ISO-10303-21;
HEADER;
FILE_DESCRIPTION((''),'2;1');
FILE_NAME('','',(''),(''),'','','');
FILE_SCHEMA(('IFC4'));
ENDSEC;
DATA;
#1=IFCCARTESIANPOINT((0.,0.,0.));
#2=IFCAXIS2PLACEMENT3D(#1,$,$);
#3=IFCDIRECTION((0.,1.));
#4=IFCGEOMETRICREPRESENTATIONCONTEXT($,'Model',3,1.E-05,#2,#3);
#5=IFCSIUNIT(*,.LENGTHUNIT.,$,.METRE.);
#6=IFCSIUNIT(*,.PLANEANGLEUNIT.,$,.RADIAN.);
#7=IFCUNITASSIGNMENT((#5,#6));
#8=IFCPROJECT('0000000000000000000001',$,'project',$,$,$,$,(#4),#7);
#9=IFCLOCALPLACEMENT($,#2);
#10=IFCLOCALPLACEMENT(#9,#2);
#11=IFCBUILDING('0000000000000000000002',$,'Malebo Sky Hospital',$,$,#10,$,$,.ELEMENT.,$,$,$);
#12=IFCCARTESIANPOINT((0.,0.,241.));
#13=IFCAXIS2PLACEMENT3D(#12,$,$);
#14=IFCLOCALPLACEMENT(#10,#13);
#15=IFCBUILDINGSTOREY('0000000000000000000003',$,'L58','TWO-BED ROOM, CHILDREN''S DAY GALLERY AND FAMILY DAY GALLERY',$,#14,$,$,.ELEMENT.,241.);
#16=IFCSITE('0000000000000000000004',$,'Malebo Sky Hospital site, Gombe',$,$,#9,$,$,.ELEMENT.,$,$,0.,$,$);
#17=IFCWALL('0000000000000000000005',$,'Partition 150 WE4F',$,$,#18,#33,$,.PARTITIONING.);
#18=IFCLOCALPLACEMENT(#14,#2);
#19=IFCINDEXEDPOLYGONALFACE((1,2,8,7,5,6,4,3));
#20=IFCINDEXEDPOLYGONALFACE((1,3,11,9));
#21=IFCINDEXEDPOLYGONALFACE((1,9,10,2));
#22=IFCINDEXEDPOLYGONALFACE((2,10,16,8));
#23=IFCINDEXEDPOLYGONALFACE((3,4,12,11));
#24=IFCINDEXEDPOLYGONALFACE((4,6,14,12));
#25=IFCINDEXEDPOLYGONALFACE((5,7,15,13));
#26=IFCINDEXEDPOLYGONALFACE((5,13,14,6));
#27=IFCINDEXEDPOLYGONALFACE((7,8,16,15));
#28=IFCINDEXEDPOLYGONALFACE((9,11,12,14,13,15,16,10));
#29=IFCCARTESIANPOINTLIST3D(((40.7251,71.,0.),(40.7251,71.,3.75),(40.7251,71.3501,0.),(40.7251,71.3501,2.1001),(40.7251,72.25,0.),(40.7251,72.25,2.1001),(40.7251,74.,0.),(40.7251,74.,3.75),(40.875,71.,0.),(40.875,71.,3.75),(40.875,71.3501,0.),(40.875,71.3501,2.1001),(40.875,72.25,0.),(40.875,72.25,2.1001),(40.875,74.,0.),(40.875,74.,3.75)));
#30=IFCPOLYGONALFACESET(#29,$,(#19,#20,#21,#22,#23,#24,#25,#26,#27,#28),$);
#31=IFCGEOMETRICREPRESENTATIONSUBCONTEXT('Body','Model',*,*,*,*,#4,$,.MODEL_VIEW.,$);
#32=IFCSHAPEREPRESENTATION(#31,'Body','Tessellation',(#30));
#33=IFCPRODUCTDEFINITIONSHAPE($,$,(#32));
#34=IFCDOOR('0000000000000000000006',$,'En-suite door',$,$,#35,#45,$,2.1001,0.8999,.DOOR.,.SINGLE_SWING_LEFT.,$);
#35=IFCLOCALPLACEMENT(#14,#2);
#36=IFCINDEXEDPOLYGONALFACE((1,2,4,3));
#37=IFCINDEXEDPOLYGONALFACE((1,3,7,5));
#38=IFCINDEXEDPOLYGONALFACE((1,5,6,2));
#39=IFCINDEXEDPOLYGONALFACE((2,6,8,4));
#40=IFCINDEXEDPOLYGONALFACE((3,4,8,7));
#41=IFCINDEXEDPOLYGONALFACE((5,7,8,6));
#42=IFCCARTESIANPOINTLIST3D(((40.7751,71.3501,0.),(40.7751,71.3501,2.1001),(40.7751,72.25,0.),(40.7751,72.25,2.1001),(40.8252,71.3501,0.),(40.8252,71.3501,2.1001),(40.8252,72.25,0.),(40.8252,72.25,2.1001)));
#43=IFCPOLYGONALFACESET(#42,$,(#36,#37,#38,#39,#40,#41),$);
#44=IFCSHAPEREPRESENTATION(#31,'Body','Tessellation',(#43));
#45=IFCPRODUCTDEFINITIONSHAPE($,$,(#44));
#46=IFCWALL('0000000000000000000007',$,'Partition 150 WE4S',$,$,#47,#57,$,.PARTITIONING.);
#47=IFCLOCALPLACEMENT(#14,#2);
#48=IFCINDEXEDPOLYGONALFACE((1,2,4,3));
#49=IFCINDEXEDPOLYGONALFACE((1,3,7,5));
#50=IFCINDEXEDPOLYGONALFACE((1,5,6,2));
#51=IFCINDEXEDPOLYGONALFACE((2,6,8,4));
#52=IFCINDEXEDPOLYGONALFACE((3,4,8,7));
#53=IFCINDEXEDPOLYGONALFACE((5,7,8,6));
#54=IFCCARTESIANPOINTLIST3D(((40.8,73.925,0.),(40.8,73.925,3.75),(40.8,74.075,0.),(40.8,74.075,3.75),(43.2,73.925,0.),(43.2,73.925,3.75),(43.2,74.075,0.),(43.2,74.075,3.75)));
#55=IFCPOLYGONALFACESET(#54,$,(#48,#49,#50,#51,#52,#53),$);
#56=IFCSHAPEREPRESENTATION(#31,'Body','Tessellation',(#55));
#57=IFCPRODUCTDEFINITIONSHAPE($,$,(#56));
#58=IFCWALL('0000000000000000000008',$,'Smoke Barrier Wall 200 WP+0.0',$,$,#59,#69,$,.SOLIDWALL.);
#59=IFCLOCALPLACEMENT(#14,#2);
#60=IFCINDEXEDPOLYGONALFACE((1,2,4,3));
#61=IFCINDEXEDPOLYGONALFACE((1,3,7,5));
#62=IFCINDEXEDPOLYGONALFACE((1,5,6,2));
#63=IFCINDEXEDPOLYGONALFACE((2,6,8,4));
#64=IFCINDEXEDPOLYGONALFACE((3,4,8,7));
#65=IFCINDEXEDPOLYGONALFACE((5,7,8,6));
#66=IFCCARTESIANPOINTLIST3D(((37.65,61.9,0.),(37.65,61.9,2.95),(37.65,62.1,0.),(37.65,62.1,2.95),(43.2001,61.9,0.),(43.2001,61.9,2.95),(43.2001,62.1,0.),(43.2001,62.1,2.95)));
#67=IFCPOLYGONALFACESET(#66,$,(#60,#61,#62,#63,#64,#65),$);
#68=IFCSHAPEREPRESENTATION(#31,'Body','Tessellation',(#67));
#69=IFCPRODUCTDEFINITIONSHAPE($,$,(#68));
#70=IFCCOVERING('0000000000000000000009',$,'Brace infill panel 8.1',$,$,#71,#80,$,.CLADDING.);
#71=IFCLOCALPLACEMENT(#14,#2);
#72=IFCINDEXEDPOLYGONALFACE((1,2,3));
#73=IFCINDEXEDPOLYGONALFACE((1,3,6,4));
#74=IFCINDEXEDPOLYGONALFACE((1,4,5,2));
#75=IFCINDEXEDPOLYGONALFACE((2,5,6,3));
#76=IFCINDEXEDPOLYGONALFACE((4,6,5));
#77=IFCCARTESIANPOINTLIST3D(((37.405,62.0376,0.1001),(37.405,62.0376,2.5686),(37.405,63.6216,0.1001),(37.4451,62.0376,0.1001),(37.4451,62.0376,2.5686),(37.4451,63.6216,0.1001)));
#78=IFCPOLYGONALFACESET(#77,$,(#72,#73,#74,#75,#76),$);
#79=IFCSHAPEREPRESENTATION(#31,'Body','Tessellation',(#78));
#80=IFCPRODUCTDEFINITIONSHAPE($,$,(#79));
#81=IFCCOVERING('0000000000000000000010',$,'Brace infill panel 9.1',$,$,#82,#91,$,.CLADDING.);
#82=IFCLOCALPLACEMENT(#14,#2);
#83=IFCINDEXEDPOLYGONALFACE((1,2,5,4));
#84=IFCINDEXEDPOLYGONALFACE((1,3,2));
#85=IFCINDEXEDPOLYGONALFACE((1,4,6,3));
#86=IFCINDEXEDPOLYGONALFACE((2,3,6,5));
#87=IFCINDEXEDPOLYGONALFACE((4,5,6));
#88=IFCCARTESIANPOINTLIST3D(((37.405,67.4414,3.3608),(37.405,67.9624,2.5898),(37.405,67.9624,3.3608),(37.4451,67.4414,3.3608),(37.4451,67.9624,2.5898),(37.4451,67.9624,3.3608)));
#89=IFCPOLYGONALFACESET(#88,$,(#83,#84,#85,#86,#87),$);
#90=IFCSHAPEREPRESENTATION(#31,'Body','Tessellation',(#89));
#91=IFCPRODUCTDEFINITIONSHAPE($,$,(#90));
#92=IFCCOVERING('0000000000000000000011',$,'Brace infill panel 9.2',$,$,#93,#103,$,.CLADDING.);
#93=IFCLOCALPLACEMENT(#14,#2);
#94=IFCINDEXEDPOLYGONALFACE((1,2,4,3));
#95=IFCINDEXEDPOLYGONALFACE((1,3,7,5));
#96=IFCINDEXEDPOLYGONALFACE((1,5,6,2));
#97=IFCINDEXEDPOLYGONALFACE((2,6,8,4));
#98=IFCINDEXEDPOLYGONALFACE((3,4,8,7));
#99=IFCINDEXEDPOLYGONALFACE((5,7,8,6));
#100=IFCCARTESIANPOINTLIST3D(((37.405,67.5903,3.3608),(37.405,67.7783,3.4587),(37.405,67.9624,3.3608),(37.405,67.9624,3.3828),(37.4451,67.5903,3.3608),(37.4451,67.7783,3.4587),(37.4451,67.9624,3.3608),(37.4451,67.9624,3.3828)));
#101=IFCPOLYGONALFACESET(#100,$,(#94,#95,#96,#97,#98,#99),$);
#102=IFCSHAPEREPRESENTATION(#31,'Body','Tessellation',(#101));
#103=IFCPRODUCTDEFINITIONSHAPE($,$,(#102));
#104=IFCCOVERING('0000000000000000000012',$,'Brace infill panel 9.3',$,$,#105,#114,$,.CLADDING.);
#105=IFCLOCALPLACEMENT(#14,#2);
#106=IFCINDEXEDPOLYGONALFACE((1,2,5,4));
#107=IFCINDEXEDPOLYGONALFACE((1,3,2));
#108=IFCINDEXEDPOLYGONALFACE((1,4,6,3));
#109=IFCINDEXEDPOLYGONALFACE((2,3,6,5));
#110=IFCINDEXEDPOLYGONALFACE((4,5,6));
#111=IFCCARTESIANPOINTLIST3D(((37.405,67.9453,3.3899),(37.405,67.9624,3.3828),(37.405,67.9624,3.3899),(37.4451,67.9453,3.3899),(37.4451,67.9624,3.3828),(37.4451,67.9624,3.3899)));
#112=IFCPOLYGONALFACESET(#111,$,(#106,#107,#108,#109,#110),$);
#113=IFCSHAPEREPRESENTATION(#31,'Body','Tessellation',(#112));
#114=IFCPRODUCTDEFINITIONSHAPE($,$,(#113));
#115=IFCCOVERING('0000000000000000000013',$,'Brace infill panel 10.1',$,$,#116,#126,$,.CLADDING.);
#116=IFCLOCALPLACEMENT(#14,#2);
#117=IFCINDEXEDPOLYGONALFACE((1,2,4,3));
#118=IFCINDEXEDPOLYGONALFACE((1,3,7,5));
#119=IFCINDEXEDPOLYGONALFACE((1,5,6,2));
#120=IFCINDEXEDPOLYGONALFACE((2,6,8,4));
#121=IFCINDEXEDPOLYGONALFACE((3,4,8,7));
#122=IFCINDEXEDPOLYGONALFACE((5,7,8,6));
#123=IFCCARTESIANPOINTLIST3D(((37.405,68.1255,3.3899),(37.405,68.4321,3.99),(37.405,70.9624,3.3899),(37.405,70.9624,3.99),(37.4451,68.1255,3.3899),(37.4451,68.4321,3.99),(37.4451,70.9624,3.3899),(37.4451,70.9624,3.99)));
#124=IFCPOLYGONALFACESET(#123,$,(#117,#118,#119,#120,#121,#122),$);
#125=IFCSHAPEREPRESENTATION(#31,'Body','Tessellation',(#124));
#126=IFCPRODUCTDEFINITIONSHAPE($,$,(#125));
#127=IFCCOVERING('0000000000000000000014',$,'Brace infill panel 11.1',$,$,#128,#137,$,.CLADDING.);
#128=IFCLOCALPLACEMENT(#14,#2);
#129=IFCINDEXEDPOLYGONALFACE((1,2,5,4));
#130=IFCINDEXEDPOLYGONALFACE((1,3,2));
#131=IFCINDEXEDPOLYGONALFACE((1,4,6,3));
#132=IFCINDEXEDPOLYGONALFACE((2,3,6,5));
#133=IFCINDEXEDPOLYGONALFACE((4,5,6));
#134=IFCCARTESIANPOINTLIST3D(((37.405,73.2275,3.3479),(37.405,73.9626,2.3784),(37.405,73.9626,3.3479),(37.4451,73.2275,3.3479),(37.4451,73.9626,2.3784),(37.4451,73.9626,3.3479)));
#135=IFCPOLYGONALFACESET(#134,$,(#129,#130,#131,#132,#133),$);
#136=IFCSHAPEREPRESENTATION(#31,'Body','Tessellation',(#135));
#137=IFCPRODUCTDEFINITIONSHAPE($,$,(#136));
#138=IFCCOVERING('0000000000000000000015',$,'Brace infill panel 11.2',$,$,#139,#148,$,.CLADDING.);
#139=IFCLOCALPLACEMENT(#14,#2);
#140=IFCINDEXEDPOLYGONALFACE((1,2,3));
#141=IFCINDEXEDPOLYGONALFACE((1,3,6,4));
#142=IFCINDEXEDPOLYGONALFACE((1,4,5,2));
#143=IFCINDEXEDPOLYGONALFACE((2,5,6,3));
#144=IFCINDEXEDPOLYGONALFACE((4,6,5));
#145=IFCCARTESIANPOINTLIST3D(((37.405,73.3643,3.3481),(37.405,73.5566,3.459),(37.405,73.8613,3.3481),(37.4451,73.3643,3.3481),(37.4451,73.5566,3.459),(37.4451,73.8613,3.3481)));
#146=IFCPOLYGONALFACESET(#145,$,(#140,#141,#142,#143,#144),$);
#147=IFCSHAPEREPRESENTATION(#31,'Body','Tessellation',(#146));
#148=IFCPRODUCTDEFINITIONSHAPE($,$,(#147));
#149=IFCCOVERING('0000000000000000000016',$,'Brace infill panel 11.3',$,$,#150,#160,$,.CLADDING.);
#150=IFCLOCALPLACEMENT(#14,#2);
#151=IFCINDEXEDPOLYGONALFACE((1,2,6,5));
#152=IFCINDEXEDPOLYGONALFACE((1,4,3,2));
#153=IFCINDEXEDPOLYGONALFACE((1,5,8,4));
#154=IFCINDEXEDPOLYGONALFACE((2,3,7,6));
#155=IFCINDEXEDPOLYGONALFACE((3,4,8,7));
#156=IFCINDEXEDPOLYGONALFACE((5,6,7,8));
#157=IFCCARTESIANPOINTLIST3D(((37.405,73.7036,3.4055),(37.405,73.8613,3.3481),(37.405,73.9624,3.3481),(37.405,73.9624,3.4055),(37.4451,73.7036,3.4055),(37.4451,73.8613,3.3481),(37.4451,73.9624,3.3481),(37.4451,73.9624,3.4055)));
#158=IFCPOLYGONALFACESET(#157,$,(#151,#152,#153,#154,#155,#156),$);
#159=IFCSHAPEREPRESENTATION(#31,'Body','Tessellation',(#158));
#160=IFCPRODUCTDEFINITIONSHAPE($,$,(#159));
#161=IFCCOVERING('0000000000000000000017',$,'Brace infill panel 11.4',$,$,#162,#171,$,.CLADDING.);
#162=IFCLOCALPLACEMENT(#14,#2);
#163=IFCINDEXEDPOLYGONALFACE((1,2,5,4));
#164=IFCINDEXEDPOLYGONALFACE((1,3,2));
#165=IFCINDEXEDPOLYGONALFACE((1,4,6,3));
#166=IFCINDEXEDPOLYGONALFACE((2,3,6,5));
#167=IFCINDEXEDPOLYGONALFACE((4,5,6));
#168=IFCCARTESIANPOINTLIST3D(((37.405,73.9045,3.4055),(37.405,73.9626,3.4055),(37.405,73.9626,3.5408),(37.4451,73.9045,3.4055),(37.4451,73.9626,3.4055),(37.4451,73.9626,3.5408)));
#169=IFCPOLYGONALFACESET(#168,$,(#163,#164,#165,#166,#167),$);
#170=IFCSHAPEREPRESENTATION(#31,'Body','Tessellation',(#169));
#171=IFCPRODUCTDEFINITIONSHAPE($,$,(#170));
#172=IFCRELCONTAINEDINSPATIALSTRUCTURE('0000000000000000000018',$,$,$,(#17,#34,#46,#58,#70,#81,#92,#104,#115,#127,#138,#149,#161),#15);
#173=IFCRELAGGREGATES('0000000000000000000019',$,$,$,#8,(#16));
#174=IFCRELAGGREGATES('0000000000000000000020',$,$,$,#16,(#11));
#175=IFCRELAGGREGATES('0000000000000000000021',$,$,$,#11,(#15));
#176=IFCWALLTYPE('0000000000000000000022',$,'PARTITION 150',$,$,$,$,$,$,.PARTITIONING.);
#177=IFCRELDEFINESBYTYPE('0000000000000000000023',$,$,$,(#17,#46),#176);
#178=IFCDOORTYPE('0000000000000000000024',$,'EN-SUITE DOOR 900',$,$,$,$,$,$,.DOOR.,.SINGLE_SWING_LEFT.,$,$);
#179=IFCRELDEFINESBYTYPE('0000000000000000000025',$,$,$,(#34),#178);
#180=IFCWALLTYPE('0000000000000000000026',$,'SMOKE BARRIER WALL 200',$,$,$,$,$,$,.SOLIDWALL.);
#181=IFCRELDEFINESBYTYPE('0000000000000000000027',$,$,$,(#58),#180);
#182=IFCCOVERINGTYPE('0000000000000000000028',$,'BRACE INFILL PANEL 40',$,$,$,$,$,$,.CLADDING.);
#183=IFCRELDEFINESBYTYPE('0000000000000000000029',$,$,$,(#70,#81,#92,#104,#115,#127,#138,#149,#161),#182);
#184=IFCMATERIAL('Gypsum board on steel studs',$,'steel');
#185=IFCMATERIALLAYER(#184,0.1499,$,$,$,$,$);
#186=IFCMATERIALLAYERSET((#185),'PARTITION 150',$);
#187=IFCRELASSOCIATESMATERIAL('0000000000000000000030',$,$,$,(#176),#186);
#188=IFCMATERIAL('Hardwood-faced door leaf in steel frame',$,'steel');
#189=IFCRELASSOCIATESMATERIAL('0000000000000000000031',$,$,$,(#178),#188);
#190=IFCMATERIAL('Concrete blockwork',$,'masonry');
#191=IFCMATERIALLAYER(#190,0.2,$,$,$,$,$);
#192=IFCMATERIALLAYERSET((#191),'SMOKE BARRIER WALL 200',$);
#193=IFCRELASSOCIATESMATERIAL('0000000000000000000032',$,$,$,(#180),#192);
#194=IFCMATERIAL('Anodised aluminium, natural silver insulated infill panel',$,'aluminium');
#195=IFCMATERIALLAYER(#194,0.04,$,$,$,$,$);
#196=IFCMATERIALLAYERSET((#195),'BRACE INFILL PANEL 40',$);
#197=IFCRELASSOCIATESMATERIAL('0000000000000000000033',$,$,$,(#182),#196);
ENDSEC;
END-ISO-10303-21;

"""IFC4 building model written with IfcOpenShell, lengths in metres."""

from ifc_helpers import new_model, si_unit, direction, frame, frame_2d, origin, place, context, subcontext, project, spatial, polyline, rectangle, outline, extrude, material, layer, layer_set, type_object, element, fill, save


model = new_model("IFC4")

# Units and contexts
model_context = context("Model", 3, precision=1e-05, world=origin(), true_north=direction((0.0, 1.0)))
body_context = subcontext(model_context, "Body", "Model", "MODEL_VIEW")
ifc_project = project(units=[si_unit("LENGTHUNIT", "METRE"), si_unit("PLANEANGLEUNIT", "RADIAN")], contexts=[model_context])

# Site, building, storey
site_placement = place(None, origin())
site = spatial("IfcSite", under=ifc_project, at=site_placement, Name="Malebo Sky Hospital site, Gombe", CompositionType="ELEMENT", RefElevation=0.0)
building_placement = place(site_placement, origin())
building = spatial("IfcBuilding", under=site, at=building_placement, Name="Malebo Sky Hospital", CompositionType="ELEMENT")
storey_placement = place(building_placement, frame((0.0, 0.0, 241.0)))
storey = spatial("IfcBuildingStorey", under=building, at=storey_placement, Name="L58", Description="TWO-BED ROOM, CHILDREN'S DAY GALLERY AND FAMILY DAY GALLERY", CompositionType="ELEMENT", Elevation=241.0)

# Shared definitions
ifc_material_1 = material(Name="Gypsum board on steel studs", Category="steel")
ifc_layer_1 = layer(ifc_material_1, 0.1499)
ifc_layer_set_1 = layer_set([ifc_layer_1], Name="PARTITION 150")
wall_type_1 = type_object("IfcWallType", Name="PARTITION 150", PredefinedType="PARTITIONING", material=ifc_layer_set_1)

# Shared definitions
ifc_material_2 = material(Name="Hardwood-faced door leaf in steel frame", Category="steel")
door_type = type_object("IfcDoorType", Name="EN-SUITE DOOR 900", OperationType="SINGLE_SWING_LEFT", PredefinedType="DOOR", material=ifc_material_2)

# Wall, opening, door
wall_1_placement = place(storey_placement, frame((40.8, 71.0, 0.0), z_axis=(0.0, 0.0, 1.0), x_axis=(0.0, 1.0, 0.0)))
wall_1 = element("IfcWall", 1, at=wall_1_placement, inside=storey, type_object=wall_type_1, Name="Partition 150 WE4F", PredefinedType="PARTITIONING", context=body_context, shape_type="SweptSolid", body=[
    extrude(rectangle(XDim=3.0, YDim=0.1499, at=frame_2d((1.5, 0.0))), origin(), (0.0, 0.0, 1.0), 3.75),
])
opening_1_placement = place(wall_1_placement, frame((0.3501, 0.0, 0.0)))
opening_1 = element("IfcOpeningElement", 2, at=opening_1_placement, cuts=wall_1, PredefinedType="OPENING", context=body_context, shape_type="SweptSolid", body=[
    extrude(rectangle(XDim=0.8999, YDim=2.1001, at=frame_2d((0.45, 1.05))), frame((0.0, 0.085, 0.0), z_axis=(0.0, -1.0, 0.0), x_axis=(1.0, 0.0, 0.0)), (0.0, 0.0, 1.0), 0.1699),
])
door_1_placement = place(opening_1_placement, origin())
door_1 = element("IfcDoor", 3, at=door_1_placement, inside=storey, type_object=door_type, Name="En-suite door", OperationType="SINGLE_SWING_LEFT", OverallHeight=2.1001, OverallWidth=0.8999, PredefinedType="DOOR", context=body_context, shape_type="SweptSolid", body=[
    extrude(rectangle(XDim=0.8999, YDim=2.1001, at=frame_2d((0.45, 1.05))), frame((0.0, 0.0249, 0.0), z_axis=(0.0, -1.0, 0.0), x_axis=(1.0, 0.0, 0.0)), (0.0, 0.0, 1.0), 0.05),
])
fill(opening_1, door_1)

# Walls
wall_2_placement = place(storey_placement, frame((43.2, 74.0, 0.0), z_axis=(0.0, 0.0, 1.0), x_axis=(-1.0, 0.0, 0.0)))
element("IfcWall", 4, at=wall_2_placement, inside=storey, type_object=wall_type_1, Name="Partition 150 WE4S", PredefinedType="PARTITIONING", context=body_context, shape_type="SweptSolid", body=[
    extrude(rectangle(XDim=2.3999, YDim=0.1499, at=frame_2d((1.2, 0.0))), origin(), (0.0, 0.0, 1.0), 3.75),
])
ifc_material_3 = material(Name="Concrete blockwork", Category="masonry")
ifc_layer_2 = layer(ifc_material_3, 0.2)
ifc_layer_set_2 = layer_set([ifc_layer_2], Name="SMOKE BARRIER WALL 200")
wall_type_2 = type_object("IfcWallType", Name="SMOKE BARRIER WALL 200", PredefinedType="SOLIDWALL", material=ifc_layer_set_2)
wall_3_placement = place(storey_placement, frame((43.2, 62.0, 0.0), z_axis=(0.0, 0.0, 1.0), x_axis=(-1.0, 0.0, 0.0)))
element("IfcWall", 5, at=wall_3_placement, inside=storey, type_object=wall_type_2, Name="Smoke Barrier Wall 200 WP+0.0", PredefinedType="SOLIDWALL", context=body_context, shape_type="SweptSolid", body=[
    extrude(rectangle(XDim=5.55, YDim=0.2, at=frame_2d((2.7749, 0.0))), origin(), (0.0, 0.0, 1.0), 2.95),
])

# Coverings
ifc_material_4 = material(Name="Anodised aluminium, natural silver insulated infill panel", Category="aluminium")
ifc_layer_3 = layer(ifc_material_4, 0.04)
ifc_layer_set_3 = layer_set([ifc_layer_3], Name="BRACE INFILL PANEL 40")
covering_type = type_object("IfcCoveringType", Name="BRACE INFILL PANEL 40", PredefinedType="CLADDING", material=ifc_layer_set_3)
covering_1_placement = place(storey_placement, frame((37.425, 62.8296, 0.1001), z_axis=(0.0, 0.0, 1.0), x_axis=(0.0, 1.0, 0.0)))
element("IfcCovering", 6, at=covering_1_placement, inside=storey, type_object=covering_type, Name="Brace infill panel 8.1", PredefinedType="CLADDING", context=body_context, shape_type="SweptSolid", body=[
    extrude(outline(polyline([(-0.792, 0.0), (0.792, 0.0), (-0.792, 2.4685), (-0.792, 0.0)])), frame((0.0, 0.02, 0.0), z_axis=(0.0, -1.0, 0.0), x_axis=(1.0, 0.0, 0.0)), (0.0, 0.0, 1.0), 0.04),
])
covering_2_placement = place(storey_placement, frame((37.425, 67.7019, 2.5898), z_axis=(0.0, 0.0, 1.0), x_axis=(0.0, 1.0, 0.0)))
element("IfcCovering", 7, at=covering_2_placement, inside=storey, type_object=covering_type, Name="Brace infill panel 9.1", PredefinedType="CLADDING", context=body_context, shape_type="SweptSolid", body=[
    extrude(outline(polyline([(0.2605, 0.0), (0.2605, 0.771), (-0.2605, 0.771), (0.2605, 0.0)])), frame((0.0, 0.02, 0.0), z_axis=(0.0, -1.0, 0.0), x_axis=(1.0, 0.0, 0.0)), (0.0, 0.0, 1.0), 0.04),
])
covering_3_placement = place(storey_placement, frame((37.425, 67.7764, 3.3608), z_axis=(0.0, 0.0, 1.0), x_axis=(0.0, 1.0, 0.0)))
element("IfcCovering", 8, at=covering_3_placement, inside=storey, type_object=covering_type, Name="Brace infill panel 9.2", PredefinedType="CLADDING", context=body_context, shape_type="SweptSolid", body=[
    extrude(outline(polyline([(-0.186, 0.0), (0.186, 0.0), (0.186, 0.022), (0.002, 0.0979), (-0.186, 0.0)])), frame((0.0, 0.02, 0.0), z_axis=(0.0, -1.0, 0.0), x_axis=(1.0, 0.0, 0.0)), (0.0, 0.0, 1.0), 0.04),
])
covering_4_placement = place(storey_placement, frame((37.425, 67.9539, 3.3828), z_axis=(0.0, 0.0, 1.0), x_axis=(0.0, 1.0, 0.0)))
element("IfcCovering", 9, at=covering_4_placement, inside=storey, type_object=covering_type, Name="Brace infill panel 9.3", PredefinedType="CLADDING", context=body_context, shape_type="SweptSolid", body=[
    extrude(outline(polyline([(0.0085, 0.0), (0.0085, 0.0071), (-0.0085, 0.0071), (0.0085, 0.0)])), frame((0.0, 0.02, 0.0), z_axis=(0.0, -1.0, 0.0), x_axis=(1.0, 0.0, 0.0)), (0.0, 0.0, 1.0), 0.04),
])
covering_5_placement = place(storey_placement, frame((37.425, 69.5439, 3.3899), z_axis=(0.0, 0.0, 1.0), x_axis=(0.0, 1.0, 0.0)))
element("IfcCovering", 10, at=covering_5_placement, inside=storey, type_object=covering_type, Name="Brace infill panel 10.1", PredefinedType="CLADDING", context=body_context, shape_type="SweptSolid", body=[
    extrude(outline(polyline([(-1.4185, 0.0), (1.4185, 0.0), (1.4185, 0.6001), (-1.1118, 0.6001), (-1.4185, 0.0)])), frame((0.0, 0.02, 0.0), z_axis=(0.0, -1.0, 0.0), x_axis=(1.0, 0.0, 0.0)), (0.0, 0.0, 1.0), 0.04),
])
covering_6_placement = place(storey_placement, frame((37.425, 73.595, 2.3784), z_axis=(0.0, 0.0, 1.0), x_axis=(0.0, 1.0, 0.0)))
element("IfcCovering", 11, at=covering_6_placement, inside=storey, type_object=covering_type, Name="Brace infill panel 11.1", PredefinedType="CLADDING", context=body_context, shape_type="SweptSolid", body=[
    extrude(outline(polyline([(0.3677, 0.0), (0.3677, 0.9695), (-0.3674, 0.9695), (0.3677, 0.0)])), frame((0.0, 0.02, 0.0), z_axis=(0.0, -1.0, 0.0), x_axis=(1.0, 0.0, 0.0)), (0.0, 0.0, 1.0), 0.04),
])
covering_7_placement = place(storey_placement, frame((37.425, 73.6128, 3.3481), z_axis=(0.0, 0.0, 1.0), x_axis=(0.0, 1.0, 0.0)))
element("IfcCovering", 12, at=covering_7_placement, inside=storey, type_object=covering_type, Name="Brace infill panel 11.2", PredefinedType="CLADDING", context=body_context, shape_type="SweptSolid", body=[
    extrude(outline(polyline([(-0.2485, 0.0), (0.2485, 0.0), (-0.0562, 0.1108), (-0.2485, 0.0)])), frame((0.0, 0.02, 0.0), z_axis=(0.0, -1.0, 0.0), x_axis=(1.0, 0.0, 0.0)), (0.0, 0.0, 1.0), 0.04),
])
covering_8_placement = place(storey_placement, frame((37.425, 73.833, 3.3481), z_axis=(0.0, 0.0, 1.0), x_axis=(0.0, 1.0, 0.0)))
element("IfcCovering", 13, at=covering_8_placement, inside=storey, type_object=covering_type, Name="Brace infill panel 11.3", PredefinedType="CLADDING", context=body_context, shape_type="SweptSolid", body=[
    extrude(outline(polyline([(0.0283, 0.0), (0.1294, 0.0), (0.1294, 0.0574), (-0.1294, 0.0574), (0.0283, 0.0)])), frame((0.0, 0.02, 0.0), z_axis=(0.0, -1.0, 0.0), x_axis=(1.0, 0.0, 0.0)), (0.0, 0.0, 1.0), 0.04),
])
covering_9_placement = place(storey_placement, frame((37.425, 73.9336, 3.4055), z_axis=(0.0, 0.0, 1.0), x_axis=(0.0, 1.0, 0.0)))
element("IfcCovering", 14, at=covering_9_placement, inside=storey, type_object=covering_type, Name="Brace infill panel 11.4", PredefinedType="CLADDING", context=body_context, shape_type="SweptSolid", body=[
    extrude(outline(polyline([(-0.0291, 0.0), (0.0291, 0.0), (0.0291, 0.1353), (-0.0291, 0.0)])), frame((0.0, 0.02, 0.0), z_axis=(0.0, -1.0, 0.0), x_axis=(1.0, 0.0, 0.0)), (0.0, 0.0, 1.0), 0.04),
])

save(model, "model.ifc")
